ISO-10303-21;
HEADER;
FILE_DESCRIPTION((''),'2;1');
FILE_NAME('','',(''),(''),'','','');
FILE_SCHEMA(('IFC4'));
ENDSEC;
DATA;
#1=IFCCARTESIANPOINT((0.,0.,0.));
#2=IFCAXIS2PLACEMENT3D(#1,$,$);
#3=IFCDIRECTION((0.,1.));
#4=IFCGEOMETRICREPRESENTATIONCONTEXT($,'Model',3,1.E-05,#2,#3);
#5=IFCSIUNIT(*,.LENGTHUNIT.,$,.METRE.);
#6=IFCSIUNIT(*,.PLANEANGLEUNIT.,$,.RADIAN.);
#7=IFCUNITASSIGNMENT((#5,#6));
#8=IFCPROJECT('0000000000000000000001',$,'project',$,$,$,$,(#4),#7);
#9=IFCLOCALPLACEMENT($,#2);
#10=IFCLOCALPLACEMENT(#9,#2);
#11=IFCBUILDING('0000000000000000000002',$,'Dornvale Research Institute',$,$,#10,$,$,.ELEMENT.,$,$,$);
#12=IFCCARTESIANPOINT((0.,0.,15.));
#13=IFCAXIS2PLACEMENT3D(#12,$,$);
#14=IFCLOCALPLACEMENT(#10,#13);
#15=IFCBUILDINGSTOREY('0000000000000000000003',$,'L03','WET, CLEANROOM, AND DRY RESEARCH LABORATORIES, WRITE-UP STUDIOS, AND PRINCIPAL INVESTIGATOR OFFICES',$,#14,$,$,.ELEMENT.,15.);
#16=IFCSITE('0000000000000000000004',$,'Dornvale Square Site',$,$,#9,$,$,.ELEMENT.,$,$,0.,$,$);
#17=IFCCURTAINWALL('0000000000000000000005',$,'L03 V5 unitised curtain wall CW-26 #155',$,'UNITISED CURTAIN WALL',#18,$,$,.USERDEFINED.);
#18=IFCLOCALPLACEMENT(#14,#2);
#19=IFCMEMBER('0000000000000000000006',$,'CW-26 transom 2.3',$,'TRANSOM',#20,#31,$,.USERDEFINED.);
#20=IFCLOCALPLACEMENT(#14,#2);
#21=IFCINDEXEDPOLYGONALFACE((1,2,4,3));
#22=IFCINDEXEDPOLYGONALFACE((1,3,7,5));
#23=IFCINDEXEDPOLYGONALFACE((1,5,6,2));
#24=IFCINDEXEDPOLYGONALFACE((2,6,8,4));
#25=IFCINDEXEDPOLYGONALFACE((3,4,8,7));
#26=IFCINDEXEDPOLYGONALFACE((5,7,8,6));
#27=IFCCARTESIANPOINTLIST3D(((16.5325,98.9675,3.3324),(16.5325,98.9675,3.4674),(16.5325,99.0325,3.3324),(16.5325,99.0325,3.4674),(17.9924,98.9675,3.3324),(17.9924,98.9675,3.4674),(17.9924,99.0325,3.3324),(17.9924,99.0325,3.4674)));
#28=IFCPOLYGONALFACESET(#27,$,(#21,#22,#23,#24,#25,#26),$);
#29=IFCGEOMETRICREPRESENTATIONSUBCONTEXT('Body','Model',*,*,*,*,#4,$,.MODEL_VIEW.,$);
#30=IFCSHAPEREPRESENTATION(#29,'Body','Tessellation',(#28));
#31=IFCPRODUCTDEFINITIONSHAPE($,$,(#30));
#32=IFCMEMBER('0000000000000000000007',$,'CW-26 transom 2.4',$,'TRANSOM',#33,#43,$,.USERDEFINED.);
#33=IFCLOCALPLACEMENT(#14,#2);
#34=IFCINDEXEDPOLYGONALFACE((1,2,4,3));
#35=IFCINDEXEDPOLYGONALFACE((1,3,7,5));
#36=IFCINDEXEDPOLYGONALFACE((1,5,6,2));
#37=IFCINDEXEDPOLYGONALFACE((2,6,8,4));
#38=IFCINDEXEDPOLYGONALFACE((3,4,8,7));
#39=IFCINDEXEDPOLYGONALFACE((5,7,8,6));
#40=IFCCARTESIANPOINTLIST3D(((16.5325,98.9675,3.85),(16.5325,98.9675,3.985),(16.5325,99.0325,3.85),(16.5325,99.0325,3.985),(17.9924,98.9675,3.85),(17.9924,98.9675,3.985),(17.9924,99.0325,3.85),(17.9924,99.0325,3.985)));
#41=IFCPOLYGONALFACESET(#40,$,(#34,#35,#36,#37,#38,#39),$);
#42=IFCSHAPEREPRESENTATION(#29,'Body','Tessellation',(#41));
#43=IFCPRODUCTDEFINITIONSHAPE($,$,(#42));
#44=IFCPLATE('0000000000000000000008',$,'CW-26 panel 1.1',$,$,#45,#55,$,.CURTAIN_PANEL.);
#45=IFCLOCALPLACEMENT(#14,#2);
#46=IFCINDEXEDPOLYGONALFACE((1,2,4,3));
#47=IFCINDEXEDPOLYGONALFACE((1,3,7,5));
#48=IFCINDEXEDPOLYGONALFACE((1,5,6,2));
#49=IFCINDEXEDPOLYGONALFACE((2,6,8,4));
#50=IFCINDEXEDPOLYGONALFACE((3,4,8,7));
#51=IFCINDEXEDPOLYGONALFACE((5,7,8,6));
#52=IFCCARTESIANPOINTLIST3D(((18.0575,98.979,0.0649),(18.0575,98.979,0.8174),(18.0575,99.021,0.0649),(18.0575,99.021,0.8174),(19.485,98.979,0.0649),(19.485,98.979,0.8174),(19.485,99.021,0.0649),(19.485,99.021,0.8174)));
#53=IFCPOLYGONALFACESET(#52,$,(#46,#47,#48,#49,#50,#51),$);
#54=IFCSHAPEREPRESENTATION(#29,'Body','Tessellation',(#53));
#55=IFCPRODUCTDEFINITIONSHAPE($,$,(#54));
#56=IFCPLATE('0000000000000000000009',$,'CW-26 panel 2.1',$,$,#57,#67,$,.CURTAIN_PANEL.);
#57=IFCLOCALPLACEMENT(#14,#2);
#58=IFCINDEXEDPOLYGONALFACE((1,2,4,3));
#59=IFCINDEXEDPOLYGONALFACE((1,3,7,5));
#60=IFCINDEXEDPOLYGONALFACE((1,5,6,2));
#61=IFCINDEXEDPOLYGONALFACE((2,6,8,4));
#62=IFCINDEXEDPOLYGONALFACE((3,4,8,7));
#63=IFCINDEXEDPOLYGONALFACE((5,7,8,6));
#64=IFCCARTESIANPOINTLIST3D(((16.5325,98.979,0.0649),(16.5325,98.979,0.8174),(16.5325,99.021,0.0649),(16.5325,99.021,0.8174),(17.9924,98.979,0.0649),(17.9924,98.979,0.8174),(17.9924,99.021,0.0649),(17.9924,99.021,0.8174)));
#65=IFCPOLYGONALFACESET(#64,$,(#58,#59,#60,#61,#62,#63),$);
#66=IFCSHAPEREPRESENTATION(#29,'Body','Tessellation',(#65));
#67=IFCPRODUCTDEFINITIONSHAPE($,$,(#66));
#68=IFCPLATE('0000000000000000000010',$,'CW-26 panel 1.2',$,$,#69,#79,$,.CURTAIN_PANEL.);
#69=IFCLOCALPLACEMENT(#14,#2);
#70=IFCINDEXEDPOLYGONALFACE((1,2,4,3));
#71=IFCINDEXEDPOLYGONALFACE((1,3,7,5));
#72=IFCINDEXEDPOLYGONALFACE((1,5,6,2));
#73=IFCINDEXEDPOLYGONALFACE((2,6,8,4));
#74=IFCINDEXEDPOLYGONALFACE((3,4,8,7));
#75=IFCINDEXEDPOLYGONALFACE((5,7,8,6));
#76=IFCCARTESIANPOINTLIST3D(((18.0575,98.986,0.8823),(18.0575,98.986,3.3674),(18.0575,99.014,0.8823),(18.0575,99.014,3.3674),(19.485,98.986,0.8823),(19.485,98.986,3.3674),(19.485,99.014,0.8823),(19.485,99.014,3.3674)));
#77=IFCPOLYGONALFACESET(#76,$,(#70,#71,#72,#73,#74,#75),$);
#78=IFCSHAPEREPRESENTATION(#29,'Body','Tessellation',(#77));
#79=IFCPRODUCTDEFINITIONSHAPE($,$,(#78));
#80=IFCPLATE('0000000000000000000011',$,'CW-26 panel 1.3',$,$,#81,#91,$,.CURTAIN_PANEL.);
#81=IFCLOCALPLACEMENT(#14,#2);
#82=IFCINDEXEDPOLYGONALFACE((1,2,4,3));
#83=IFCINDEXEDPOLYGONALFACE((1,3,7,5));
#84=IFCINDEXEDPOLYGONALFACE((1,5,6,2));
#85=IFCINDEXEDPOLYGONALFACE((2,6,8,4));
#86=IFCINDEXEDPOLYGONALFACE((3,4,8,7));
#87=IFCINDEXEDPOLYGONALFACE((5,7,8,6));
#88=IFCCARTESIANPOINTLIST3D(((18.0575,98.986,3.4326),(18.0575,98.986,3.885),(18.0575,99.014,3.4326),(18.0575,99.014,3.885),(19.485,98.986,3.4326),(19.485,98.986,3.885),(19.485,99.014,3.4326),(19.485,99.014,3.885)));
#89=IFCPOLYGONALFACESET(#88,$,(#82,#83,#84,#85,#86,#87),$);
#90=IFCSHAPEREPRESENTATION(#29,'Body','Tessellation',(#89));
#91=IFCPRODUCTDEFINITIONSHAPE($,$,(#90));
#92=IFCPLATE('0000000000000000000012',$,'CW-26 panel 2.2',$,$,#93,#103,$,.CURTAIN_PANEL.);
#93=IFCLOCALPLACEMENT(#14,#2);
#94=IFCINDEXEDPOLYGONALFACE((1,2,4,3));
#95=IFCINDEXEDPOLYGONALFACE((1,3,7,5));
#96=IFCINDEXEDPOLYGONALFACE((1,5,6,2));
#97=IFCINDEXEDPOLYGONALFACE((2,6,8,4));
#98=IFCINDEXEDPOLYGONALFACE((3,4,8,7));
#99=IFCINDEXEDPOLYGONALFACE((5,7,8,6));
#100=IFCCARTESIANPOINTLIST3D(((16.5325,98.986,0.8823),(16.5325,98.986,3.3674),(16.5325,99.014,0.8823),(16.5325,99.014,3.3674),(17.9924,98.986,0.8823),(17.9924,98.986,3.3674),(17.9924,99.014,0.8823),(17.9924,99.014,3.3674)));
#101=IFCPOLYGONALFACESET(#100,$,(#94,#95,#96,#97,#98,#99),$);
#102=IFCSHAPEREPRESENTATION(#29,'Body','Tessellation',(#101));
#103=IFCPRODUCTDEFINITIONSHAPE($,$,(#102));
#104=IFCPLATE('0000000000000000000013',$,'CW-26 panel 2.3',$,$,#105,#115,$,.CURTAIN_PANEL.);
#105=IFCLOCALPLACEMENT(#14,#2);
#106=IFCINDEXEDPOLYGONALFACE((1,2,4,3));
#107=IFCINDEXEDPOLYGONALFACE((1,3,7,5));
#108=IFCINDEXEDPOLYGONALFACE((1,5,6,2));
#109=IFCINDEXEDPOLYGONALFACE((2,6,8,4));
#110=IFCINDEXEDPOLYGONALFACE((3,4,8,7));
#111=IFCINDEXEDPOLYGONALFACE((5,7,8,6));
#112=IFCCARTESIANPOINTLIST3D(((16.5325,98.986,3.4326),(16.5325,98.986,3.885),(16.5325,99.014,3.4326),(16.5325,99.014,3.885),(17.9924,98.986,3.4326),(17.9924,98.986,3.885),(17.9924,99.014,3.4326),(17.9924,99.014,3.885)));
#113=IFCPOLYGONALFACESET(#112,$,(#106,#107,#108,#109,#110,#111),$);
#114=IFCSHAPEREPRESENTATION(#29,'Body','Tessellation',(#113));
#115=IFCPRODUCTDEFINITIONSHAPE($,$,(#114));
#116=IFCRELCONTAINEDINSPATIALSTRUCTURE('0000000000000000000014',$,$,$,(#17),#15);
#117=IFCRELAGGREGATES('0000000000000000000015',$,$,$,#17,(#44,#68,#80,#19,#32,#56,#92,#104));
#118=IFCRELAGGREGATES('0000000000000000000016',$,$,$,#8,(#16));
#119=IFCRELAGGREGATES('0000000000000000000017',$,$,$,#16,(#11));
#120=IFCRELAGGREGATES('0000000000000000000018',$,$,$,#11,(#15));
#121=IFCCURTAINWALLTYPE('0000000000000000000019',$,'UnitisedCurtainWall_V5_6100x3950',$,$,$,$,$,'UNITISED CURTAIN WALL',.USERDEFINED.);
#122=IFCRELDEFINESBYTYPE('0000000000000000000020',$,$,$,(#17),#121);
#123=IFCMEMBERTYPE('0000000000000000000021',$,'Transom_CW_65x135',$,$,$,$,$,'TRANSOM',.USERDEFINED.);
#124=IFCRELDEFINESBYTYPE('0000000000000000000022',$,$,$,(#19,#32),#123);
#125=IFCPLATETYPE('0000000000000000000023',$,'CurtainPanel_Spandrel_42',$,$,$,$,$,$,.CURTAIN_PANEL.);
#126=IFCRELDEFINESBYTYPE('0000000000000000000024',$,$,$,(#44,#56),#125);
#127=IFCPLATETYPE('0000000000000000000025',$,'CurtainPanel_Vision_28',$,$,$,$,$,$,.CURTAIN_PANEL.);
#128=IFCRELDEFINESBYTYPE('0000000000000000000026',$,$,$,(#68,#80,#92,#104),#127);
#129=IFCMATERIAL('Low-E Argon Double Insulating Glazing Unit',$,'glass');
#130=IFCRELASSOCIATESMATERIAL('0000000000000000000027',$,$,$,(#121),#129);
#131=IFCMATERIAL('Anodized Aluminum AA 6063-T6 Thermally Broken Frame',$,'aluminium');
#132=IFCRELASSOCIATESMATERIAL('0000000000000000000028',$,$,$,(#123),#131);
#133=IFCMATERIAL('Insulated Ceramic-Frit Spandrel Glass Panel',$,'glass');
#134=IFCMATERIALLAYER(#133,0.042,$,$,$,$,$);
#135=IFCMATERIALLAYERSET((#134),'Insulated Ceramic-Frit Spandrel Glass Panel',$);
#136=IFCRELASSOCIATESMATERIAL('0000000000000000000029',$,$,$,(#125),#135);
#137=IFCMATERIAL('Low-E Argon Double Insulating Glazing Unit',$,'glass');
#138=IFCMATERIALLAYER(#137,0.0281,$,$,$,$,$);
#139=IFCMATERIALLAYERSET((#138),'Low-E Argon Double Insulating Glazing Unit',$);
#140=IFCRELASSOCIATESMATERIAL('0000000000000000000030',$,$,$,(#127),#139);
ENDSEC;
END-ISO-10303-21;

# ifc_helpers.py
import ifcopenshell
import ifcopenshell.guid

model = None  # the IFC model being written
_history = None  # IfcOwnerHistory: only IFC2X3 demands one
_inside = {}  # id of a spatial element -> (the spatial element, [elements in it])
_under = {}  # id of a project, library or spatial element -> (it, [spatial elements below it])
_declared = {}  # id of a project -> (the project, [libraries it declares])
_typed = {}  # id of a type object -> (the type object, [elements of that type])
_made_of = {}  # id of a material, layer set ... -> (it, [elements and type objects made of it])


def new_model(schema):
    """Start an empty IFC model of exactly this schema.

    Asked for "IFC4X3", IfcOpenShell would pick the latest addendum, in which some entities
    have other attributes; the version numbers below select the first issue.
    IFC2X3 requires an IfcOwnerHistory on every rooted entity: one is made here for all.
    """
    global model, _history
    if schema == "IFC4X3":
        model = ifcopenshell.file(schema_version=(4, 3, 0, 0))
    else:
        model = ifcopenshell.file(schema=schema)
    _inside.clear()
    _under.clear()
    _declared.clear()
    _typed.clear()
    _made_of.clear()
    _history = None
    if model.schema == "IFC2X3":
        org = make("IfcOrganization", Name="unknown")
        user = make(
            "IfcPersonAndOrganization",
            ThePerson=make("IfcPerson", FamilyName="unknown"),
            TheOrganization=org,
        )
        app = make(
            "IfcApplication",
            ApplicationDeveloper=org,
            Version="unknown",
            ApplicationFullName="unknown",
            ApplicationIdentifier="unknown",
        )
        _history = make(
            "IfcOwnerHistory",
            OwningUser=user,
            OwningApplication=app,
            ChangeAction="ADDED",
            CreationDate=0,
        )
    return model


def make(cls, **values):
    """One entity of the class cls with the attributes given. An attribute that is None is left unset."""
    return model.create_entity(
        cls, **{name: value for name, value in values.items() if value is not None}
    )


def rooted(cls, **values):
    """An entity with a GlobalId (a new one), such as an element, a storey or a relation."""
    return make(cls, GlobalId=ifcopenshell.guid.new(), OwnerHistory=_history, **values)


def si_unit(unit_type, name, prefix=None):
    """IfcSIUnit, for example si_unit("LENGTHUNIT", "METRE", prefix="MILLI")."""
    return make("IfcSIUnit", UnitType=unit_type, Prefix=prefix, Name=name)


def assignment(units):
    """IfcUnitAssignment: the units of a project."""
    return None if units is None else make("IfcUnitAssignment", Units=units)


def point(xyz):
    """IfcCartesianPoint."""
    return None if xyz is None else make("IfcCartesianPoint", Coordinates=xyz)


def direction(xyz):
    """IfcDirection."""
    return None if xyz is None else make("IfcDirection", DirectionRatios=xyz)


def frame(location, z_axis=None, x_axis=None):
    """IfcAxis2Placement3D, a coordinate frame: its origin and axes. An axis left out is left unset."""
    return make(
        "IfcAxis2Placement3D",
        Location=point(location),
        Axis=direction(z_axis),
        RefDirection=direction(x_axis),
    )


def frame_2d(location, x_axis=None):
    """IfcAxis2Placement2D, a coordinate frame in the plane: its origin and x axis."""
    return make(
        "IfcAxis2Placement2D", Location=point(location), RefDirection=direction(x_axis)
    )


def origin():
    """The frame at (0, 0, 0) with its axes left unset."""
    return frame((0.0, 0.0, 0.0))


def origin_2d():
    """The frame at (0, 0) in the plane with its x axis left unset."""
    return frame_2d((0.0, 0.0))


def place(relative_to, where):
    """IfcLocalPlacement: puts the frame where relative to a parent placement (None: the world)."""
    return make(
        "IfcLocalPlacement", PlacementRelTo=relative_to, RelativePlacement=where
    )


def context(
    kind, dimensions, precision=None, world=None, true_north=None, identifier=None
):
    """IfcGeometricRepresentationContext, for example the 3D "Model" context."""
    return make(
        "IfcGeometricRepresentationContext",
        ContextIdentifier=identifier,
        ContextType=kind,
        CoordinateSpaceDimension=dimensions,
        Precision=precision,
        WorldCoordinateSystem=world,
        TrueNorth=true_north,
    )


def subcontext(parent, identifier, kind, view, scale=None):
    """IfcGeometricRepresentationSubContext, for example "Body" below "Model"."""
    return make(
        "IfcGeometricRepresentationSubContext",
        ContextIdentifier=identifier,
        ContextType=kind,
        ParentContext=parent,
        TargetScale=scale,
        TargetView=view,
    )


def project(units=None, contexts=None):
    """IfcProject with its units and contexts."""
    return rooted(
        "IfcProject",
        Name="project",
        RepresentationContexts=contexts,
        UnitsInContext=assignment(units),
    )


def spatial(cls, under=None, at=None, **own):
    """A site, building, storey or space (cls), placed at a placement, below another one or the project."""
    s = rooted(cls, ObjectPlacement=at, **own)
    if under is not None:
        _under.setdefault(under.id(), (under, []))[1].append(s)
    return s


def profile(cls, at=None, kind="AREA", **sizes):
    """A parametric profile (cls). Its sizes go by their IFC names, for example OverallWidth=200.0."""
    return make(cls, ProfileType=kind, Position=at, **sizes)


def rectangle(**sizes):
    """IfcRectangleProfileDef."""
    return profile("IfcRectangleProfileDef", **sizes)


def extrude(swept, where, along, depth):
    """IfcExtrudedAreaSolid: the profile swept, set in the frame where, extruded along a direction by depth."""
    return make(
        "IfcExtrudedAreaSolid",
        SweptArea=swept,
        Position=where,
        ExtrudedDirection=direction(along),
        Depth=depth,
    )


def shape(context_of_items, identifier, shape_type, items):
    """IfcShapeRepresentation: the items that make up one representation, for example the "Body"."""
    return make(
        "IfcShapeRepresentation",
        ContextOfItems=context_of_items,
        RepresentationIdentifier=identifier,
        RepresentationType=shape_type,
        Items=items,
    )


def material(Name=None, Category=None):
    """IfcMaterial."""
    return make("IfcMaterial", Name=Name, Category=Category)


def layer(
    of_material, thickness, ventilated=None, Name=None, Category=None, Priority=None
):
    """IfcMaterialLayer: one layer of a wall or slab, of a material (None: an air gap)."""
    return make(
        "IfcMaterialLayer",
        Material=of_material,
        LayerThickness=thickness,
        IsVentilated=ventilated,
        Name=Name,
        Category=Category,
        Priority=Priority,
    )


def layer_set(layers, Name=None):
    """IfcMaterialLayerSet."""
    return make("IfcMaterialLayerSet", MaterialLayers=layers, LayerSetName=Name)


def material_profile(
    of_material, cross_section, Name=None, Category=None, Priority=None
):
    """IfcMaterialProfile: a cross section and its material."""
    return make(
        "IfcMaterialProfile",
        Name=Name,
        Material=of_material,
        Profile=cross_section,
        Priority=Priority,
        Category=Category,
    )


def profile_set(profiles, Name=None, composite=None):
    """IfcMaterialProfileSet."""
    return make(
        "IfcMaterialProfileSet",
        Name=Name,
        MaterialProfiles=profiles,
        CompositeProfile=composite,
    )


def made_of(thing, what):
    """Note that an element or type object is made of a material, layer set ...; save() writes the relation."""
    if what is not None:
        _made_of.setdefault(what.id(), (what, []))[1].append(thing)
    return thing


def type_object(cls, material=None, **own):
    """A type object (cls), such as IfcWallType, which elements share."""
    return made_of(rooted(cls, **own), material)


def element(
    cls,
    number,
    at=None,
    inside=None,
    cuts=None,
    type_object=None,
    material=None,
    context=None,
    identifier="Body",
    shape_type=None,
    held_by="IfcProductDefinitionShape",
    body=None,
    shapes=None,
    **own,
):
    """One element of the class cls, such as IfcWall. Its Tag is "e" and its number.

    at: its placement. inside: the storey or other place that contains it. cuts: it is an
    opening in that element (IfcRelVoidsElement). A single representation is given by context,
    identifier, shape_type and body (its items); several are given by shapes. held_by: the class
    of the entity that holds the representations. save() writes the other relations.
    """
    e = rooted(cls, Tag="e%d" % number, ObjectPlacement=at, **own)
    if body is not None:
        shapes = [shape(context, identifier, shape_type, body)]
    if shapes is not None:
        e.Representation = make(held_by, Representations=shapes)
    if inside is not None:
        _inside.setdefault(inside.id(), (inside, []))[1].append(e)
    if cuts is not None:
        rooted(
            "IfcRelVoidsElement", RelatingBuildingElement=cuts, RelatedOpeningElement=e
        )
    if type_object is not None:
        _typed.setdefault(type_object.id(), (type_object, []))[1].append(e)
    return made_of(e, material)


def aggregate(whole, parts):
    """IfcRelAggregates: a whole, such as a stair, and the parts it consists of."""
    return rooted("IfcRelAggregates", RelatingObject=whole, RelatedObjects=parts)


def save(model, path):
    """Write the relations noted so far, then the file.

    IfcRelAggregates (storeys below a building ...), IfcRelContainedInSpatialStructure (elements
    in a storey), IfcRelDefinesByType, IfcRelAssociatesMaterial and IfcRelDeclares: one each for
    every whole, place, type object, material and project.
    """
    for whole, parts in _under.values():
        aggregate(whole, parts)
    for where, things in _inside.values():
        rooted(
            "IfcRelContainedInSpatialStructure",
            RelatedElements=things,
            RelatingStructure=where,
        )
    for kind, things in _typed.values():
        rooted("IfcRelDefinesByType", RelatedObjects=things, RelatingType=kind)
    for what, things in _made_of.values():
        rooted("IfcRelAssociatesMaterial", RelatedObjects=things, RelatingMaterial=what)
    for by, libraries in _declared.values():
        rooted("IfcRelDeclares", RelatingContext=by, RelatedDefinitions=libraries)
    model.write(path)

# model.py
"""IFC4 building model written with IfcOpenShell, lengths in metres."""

from ifc_helpers import new_model, si_unit, direction, frame, origin, origin_2d, place, context, subcontext, project, spatial, rectangle, extrude, material, layer, layer_set, material_profile, profile_set, type_object, element, aggregate, save


model = new_model("IFC4")

# Units and contexts
model_context = context("Model", 3, precision=1e-05, world=origin(), true_north=direction((0.0, 1.0)))
body_context = subcontext(model_context, "Body", "Model", "MODEL_VIEW")
ifc_project = project(units=[si_unit("LENGTHUNIT", "METRE"), si_unit("PLANEANGLEUNIT", "RADIAN")], contexts=[model_context])

# Site, building, storey
site_placement = place(None, origin())
site = spatial("IfcSite", under=ifc_project, at=site_placement, Name="Dornvale Square Site", CompositionType="ELEMENT", RefElevation=0.0)
building_placement = place(site_placement, origin())
building = spatial("IfcBuilding", under=site, at=building_placement, Name="Dornvale Research Institute", CompositionType="ELEMENT")
storey_placement = place(building_placement, frame((0.0, 0.0, 15.0)))
storey = spatial("IfcBuildingStorey", under=building, at=storey_placement, Name="L03", Description="WET, CLEANROOM, AND DRY RESEARCH LABORATORIES, WRITE-UP STUDIOS, AND PRINCIPAL INVESTIGATOR OFFICES", CompositionType="ELEMENT", Elevation=15.0)

# Curtain wall
ifc_material_1 = material(Name="Low-E Argon Double Insulating Glazing Unit", Category="glass")
curtain_wall_type = type_object("IfcCurtainWallType", Name="UnitisedCurtainWall_V5_6100x3950", ElementType="UNITISED CURTAIN WALL", PredefinedType="USERDEFINED", material=ifc_material_1)
curtain_wall_placement = place(storey_placement, origin())
curtain_wall = element("IfcCurtainWall", 1, at=curtain_wall_placement, inside=storey, type_object=curtain_wall_type, Name="L03 V5 unitised curtain wall CW-26 #155", ObjectType="UNITISED CURTAIN WALL", PredefinedType="USERDEFINED")

# Members
ifc_material_2 = material(Name="Anodized Aluminum AA 6063-T6 Thermally Broken Frame", Category="aluminium")
ifc_material_profile_1 = material_profile(ifc_material_2, rectangle(XDim=0.0649, YDim=0.135, at=origin_2d()), Name="ALU TRANSOM 65x135")
ifc_profile_set_1 = profile_set([ifc_material_profile_1], Name="Anodized Aluminum AA 6063-T6 Thermally Broken Frame")
member_type_1 = type_object("IfcMemberType", Name="Transom_CW_65x135", ElementType="TRANSOM", PredefinedType="USERDEFINED", material=ifc_profile_set_1)
member_1_placement = place(storey_placement, frame((17.9924, 99.0, 3.3999), z_axis=(-1.0, 0.0, 0.0), x_axis=(0.0, -1.0, 0.0)))
member_1 = element("IfcMember", 2, at=member_1_placement, type_object=member_type_1, Name="CW-26 transom 2.3", ObjectType="TRANSOM", PredefinedType="USERDEFINED", context=body_context, shape_type="SweptSolid", body=[
    extrude(rectangle(XDim=0.0649, YDim=0.135, at=origin_2d()), origin(), (0.0, 0.0, 1.0), 1.46),
])
member_2_placement = place(storey_placement, frame((17.9924, 99.0, 3.9175), z_axis=(-1.0, 0.0, 0.0), x_axis=(0.0, -1.0, 0.0)))
member_2 = element("IfcMember", 3, at=member_2_placement, type_object=member_type_1, Name="CW-26 transom 2.4", ObjectType="TRANSOM", PredefinedType="USERDEFINED", context=body_context, shape_type="SweptSolid", body=[
    extrude(rectangle(XDim=0.0649, YDim=0.135, at=origin_2d()), origin(), (0.0, 0.0, 1.0), 1.46),
])

# Plates
ifc_material_3 = material(Name="Insulated Ceramic-Frit Spandrel Glass Panel", Category="glass")
ifc_layer_1 = layer(ifc_material_3, 0.042)
ifc_layer_set_1 = layer_set([ifc_layer_1], Name="Insulated Ceramic-Frit Spandrel Glass Panel")
plate_type_1 = type_object("IfcPlateType", Name="CurtainPanel_Spandrel_42", PredefinedType="CURTAIN_PANEL", material=ifc_layer_set_1)
plate_1_placement = place(storey_placement, frame((18.7712, 99.0, 0.0649), z_axis=(0.0, 0.0, 1.0), x_axis=(-1.0, 0.0, 0.0)))
plate_1 = element("IfcPlate", 4, at=plate_1_placement, type_object=plate_type_1, Name="CW-26 panel 1.1", PredefinedType="CURTAIN_PANEL", context=body_context, shape_type="SweptSolid", body=[
    extrude(rectangle(XDim=1.4275, YDim=0.042, at=origin_2d()), origin(), (0.0, 0.0, 1.0), 0.7524),
])
plate_2_placement = place(storey_placement, frame((17.2625, 99.0, 0.0649), z_axis=(0.0, 0.0, 1.0), x_axis=(-1.0, 0.0, 0.0)))
plate_2 = element("IfcPlate", 5, at=plate_2_placement, type_object=plate_type_1, Name="CW-26 panel 2.1", PredefinedType="CURTAIN_PANEL", context=body_context, shape_type="SweptSolid", body=[
    extrude(rectangle(XDim=1.46, YDim=0.042, at=origin_2d()), origin(), (0.0, 0.0, 1.0), 0.7524),
])
ifc_material_4 = material(Name="Low-E Argon Double Insulating Glazing Unit", Category="glass")
ifc_layer_2 = layer(ifc_material_4, 0.0281)
ifc_layer_set_2 = layer_set([ifc_layer_2], Name="Low-E Argon Double Insulating Glazing Unit")
plate_type_2 = type_object("IfcPlateType", Name="CurtainPanel_Vision_28", PredefinedType="CURTAIN_PANEL", material=ifc_layer_set_2)
plate_3_placement = place(storey_placement, frame((18.7712, 99.0, 0.8823), z_axis=(0.0, 0.0, 1.0), x_axis=(-1.0, 0.0, 0.0)))
plate_3 = element("IfcPlate", 6, at=plate_3_placement, type_object=plate_type_2, Name="CW-26 panel 1.2", PredefinedType="CURTAIN_PANEL", context=body_context, shape_type="SweptSolid", body=[
    extrude(rectangle(XDim=1.4275, YDim=0.0281, at=origin_2d()), origin(), (0.0, 0.0, 1.0), 2.4851),
])
plate_4_placement = place(storey_placement, frame((18.7712, 99.0, 3.4326), z_axis=(0.0, 0.0, 1.0), x_axis=(-1.0, 0.0, 0.0)))
plate_4 = element("IfcPlate", 7, at=plate_4_placement, type_object=plate_type_2, Name="CW-26 panel 1.3", PredefinedType="CURTAIN_PANEL", context=body_context, shape_type="SweptSolid", body=[
    extrude(rectangle(XDim=1.4275, YDim=0.0281, at=origin_2d()), origin(), (0.0, 0.0, 1.0), 0.4524),
])
plate_5_placement = place(storey_placement, frame((17.2625, 99.0, 0.8823), z_axis=(0.0, 0.0, 1.0), x_axis=(-1.0, 0.0, 0.0)))
plate_5 = element("IfcPlate", 8, at=plate_5_placement, type_object=plate_type_2, Name="CW-26 panel 2.2", PredefinedType="CURTAIN_PANEL", context=body_context, shape_type="SweptSolid", body=[
    extrude(rectangle(XDim=1.46, YDim=0.0281, at=origin_2d()), origin(), (0.0, 0.0, 1.0), 2.4851),
])
plate_6_placement = place(storey_placement, frame((17.2625, 99.0, 3.4326), z_axis=(0.0, 0.0, 1.0), x_axis=(-1.0, 0.0, 0.0)))
plate_6 = element("IfcPlate", 9, at=plate_6_placement, type_object=plate_type_2, Name="CW-26 panel 2.3", PredefinedType="CURTAIN_PANEL", context=body_context, shape_type="SweptSolid", body=[
    extrude(rectangle(XDim=1.46, YDim=0.0281, at=origin_2d()), origin(), (0.0, 0.0, 1.0), 0.4524),
])
aggregate(curtain_wall, [plate_1, plate_3, plate_4, member_1, member_2, plate_2, plate_5, plate_6])

save(model, "model.ifc")
